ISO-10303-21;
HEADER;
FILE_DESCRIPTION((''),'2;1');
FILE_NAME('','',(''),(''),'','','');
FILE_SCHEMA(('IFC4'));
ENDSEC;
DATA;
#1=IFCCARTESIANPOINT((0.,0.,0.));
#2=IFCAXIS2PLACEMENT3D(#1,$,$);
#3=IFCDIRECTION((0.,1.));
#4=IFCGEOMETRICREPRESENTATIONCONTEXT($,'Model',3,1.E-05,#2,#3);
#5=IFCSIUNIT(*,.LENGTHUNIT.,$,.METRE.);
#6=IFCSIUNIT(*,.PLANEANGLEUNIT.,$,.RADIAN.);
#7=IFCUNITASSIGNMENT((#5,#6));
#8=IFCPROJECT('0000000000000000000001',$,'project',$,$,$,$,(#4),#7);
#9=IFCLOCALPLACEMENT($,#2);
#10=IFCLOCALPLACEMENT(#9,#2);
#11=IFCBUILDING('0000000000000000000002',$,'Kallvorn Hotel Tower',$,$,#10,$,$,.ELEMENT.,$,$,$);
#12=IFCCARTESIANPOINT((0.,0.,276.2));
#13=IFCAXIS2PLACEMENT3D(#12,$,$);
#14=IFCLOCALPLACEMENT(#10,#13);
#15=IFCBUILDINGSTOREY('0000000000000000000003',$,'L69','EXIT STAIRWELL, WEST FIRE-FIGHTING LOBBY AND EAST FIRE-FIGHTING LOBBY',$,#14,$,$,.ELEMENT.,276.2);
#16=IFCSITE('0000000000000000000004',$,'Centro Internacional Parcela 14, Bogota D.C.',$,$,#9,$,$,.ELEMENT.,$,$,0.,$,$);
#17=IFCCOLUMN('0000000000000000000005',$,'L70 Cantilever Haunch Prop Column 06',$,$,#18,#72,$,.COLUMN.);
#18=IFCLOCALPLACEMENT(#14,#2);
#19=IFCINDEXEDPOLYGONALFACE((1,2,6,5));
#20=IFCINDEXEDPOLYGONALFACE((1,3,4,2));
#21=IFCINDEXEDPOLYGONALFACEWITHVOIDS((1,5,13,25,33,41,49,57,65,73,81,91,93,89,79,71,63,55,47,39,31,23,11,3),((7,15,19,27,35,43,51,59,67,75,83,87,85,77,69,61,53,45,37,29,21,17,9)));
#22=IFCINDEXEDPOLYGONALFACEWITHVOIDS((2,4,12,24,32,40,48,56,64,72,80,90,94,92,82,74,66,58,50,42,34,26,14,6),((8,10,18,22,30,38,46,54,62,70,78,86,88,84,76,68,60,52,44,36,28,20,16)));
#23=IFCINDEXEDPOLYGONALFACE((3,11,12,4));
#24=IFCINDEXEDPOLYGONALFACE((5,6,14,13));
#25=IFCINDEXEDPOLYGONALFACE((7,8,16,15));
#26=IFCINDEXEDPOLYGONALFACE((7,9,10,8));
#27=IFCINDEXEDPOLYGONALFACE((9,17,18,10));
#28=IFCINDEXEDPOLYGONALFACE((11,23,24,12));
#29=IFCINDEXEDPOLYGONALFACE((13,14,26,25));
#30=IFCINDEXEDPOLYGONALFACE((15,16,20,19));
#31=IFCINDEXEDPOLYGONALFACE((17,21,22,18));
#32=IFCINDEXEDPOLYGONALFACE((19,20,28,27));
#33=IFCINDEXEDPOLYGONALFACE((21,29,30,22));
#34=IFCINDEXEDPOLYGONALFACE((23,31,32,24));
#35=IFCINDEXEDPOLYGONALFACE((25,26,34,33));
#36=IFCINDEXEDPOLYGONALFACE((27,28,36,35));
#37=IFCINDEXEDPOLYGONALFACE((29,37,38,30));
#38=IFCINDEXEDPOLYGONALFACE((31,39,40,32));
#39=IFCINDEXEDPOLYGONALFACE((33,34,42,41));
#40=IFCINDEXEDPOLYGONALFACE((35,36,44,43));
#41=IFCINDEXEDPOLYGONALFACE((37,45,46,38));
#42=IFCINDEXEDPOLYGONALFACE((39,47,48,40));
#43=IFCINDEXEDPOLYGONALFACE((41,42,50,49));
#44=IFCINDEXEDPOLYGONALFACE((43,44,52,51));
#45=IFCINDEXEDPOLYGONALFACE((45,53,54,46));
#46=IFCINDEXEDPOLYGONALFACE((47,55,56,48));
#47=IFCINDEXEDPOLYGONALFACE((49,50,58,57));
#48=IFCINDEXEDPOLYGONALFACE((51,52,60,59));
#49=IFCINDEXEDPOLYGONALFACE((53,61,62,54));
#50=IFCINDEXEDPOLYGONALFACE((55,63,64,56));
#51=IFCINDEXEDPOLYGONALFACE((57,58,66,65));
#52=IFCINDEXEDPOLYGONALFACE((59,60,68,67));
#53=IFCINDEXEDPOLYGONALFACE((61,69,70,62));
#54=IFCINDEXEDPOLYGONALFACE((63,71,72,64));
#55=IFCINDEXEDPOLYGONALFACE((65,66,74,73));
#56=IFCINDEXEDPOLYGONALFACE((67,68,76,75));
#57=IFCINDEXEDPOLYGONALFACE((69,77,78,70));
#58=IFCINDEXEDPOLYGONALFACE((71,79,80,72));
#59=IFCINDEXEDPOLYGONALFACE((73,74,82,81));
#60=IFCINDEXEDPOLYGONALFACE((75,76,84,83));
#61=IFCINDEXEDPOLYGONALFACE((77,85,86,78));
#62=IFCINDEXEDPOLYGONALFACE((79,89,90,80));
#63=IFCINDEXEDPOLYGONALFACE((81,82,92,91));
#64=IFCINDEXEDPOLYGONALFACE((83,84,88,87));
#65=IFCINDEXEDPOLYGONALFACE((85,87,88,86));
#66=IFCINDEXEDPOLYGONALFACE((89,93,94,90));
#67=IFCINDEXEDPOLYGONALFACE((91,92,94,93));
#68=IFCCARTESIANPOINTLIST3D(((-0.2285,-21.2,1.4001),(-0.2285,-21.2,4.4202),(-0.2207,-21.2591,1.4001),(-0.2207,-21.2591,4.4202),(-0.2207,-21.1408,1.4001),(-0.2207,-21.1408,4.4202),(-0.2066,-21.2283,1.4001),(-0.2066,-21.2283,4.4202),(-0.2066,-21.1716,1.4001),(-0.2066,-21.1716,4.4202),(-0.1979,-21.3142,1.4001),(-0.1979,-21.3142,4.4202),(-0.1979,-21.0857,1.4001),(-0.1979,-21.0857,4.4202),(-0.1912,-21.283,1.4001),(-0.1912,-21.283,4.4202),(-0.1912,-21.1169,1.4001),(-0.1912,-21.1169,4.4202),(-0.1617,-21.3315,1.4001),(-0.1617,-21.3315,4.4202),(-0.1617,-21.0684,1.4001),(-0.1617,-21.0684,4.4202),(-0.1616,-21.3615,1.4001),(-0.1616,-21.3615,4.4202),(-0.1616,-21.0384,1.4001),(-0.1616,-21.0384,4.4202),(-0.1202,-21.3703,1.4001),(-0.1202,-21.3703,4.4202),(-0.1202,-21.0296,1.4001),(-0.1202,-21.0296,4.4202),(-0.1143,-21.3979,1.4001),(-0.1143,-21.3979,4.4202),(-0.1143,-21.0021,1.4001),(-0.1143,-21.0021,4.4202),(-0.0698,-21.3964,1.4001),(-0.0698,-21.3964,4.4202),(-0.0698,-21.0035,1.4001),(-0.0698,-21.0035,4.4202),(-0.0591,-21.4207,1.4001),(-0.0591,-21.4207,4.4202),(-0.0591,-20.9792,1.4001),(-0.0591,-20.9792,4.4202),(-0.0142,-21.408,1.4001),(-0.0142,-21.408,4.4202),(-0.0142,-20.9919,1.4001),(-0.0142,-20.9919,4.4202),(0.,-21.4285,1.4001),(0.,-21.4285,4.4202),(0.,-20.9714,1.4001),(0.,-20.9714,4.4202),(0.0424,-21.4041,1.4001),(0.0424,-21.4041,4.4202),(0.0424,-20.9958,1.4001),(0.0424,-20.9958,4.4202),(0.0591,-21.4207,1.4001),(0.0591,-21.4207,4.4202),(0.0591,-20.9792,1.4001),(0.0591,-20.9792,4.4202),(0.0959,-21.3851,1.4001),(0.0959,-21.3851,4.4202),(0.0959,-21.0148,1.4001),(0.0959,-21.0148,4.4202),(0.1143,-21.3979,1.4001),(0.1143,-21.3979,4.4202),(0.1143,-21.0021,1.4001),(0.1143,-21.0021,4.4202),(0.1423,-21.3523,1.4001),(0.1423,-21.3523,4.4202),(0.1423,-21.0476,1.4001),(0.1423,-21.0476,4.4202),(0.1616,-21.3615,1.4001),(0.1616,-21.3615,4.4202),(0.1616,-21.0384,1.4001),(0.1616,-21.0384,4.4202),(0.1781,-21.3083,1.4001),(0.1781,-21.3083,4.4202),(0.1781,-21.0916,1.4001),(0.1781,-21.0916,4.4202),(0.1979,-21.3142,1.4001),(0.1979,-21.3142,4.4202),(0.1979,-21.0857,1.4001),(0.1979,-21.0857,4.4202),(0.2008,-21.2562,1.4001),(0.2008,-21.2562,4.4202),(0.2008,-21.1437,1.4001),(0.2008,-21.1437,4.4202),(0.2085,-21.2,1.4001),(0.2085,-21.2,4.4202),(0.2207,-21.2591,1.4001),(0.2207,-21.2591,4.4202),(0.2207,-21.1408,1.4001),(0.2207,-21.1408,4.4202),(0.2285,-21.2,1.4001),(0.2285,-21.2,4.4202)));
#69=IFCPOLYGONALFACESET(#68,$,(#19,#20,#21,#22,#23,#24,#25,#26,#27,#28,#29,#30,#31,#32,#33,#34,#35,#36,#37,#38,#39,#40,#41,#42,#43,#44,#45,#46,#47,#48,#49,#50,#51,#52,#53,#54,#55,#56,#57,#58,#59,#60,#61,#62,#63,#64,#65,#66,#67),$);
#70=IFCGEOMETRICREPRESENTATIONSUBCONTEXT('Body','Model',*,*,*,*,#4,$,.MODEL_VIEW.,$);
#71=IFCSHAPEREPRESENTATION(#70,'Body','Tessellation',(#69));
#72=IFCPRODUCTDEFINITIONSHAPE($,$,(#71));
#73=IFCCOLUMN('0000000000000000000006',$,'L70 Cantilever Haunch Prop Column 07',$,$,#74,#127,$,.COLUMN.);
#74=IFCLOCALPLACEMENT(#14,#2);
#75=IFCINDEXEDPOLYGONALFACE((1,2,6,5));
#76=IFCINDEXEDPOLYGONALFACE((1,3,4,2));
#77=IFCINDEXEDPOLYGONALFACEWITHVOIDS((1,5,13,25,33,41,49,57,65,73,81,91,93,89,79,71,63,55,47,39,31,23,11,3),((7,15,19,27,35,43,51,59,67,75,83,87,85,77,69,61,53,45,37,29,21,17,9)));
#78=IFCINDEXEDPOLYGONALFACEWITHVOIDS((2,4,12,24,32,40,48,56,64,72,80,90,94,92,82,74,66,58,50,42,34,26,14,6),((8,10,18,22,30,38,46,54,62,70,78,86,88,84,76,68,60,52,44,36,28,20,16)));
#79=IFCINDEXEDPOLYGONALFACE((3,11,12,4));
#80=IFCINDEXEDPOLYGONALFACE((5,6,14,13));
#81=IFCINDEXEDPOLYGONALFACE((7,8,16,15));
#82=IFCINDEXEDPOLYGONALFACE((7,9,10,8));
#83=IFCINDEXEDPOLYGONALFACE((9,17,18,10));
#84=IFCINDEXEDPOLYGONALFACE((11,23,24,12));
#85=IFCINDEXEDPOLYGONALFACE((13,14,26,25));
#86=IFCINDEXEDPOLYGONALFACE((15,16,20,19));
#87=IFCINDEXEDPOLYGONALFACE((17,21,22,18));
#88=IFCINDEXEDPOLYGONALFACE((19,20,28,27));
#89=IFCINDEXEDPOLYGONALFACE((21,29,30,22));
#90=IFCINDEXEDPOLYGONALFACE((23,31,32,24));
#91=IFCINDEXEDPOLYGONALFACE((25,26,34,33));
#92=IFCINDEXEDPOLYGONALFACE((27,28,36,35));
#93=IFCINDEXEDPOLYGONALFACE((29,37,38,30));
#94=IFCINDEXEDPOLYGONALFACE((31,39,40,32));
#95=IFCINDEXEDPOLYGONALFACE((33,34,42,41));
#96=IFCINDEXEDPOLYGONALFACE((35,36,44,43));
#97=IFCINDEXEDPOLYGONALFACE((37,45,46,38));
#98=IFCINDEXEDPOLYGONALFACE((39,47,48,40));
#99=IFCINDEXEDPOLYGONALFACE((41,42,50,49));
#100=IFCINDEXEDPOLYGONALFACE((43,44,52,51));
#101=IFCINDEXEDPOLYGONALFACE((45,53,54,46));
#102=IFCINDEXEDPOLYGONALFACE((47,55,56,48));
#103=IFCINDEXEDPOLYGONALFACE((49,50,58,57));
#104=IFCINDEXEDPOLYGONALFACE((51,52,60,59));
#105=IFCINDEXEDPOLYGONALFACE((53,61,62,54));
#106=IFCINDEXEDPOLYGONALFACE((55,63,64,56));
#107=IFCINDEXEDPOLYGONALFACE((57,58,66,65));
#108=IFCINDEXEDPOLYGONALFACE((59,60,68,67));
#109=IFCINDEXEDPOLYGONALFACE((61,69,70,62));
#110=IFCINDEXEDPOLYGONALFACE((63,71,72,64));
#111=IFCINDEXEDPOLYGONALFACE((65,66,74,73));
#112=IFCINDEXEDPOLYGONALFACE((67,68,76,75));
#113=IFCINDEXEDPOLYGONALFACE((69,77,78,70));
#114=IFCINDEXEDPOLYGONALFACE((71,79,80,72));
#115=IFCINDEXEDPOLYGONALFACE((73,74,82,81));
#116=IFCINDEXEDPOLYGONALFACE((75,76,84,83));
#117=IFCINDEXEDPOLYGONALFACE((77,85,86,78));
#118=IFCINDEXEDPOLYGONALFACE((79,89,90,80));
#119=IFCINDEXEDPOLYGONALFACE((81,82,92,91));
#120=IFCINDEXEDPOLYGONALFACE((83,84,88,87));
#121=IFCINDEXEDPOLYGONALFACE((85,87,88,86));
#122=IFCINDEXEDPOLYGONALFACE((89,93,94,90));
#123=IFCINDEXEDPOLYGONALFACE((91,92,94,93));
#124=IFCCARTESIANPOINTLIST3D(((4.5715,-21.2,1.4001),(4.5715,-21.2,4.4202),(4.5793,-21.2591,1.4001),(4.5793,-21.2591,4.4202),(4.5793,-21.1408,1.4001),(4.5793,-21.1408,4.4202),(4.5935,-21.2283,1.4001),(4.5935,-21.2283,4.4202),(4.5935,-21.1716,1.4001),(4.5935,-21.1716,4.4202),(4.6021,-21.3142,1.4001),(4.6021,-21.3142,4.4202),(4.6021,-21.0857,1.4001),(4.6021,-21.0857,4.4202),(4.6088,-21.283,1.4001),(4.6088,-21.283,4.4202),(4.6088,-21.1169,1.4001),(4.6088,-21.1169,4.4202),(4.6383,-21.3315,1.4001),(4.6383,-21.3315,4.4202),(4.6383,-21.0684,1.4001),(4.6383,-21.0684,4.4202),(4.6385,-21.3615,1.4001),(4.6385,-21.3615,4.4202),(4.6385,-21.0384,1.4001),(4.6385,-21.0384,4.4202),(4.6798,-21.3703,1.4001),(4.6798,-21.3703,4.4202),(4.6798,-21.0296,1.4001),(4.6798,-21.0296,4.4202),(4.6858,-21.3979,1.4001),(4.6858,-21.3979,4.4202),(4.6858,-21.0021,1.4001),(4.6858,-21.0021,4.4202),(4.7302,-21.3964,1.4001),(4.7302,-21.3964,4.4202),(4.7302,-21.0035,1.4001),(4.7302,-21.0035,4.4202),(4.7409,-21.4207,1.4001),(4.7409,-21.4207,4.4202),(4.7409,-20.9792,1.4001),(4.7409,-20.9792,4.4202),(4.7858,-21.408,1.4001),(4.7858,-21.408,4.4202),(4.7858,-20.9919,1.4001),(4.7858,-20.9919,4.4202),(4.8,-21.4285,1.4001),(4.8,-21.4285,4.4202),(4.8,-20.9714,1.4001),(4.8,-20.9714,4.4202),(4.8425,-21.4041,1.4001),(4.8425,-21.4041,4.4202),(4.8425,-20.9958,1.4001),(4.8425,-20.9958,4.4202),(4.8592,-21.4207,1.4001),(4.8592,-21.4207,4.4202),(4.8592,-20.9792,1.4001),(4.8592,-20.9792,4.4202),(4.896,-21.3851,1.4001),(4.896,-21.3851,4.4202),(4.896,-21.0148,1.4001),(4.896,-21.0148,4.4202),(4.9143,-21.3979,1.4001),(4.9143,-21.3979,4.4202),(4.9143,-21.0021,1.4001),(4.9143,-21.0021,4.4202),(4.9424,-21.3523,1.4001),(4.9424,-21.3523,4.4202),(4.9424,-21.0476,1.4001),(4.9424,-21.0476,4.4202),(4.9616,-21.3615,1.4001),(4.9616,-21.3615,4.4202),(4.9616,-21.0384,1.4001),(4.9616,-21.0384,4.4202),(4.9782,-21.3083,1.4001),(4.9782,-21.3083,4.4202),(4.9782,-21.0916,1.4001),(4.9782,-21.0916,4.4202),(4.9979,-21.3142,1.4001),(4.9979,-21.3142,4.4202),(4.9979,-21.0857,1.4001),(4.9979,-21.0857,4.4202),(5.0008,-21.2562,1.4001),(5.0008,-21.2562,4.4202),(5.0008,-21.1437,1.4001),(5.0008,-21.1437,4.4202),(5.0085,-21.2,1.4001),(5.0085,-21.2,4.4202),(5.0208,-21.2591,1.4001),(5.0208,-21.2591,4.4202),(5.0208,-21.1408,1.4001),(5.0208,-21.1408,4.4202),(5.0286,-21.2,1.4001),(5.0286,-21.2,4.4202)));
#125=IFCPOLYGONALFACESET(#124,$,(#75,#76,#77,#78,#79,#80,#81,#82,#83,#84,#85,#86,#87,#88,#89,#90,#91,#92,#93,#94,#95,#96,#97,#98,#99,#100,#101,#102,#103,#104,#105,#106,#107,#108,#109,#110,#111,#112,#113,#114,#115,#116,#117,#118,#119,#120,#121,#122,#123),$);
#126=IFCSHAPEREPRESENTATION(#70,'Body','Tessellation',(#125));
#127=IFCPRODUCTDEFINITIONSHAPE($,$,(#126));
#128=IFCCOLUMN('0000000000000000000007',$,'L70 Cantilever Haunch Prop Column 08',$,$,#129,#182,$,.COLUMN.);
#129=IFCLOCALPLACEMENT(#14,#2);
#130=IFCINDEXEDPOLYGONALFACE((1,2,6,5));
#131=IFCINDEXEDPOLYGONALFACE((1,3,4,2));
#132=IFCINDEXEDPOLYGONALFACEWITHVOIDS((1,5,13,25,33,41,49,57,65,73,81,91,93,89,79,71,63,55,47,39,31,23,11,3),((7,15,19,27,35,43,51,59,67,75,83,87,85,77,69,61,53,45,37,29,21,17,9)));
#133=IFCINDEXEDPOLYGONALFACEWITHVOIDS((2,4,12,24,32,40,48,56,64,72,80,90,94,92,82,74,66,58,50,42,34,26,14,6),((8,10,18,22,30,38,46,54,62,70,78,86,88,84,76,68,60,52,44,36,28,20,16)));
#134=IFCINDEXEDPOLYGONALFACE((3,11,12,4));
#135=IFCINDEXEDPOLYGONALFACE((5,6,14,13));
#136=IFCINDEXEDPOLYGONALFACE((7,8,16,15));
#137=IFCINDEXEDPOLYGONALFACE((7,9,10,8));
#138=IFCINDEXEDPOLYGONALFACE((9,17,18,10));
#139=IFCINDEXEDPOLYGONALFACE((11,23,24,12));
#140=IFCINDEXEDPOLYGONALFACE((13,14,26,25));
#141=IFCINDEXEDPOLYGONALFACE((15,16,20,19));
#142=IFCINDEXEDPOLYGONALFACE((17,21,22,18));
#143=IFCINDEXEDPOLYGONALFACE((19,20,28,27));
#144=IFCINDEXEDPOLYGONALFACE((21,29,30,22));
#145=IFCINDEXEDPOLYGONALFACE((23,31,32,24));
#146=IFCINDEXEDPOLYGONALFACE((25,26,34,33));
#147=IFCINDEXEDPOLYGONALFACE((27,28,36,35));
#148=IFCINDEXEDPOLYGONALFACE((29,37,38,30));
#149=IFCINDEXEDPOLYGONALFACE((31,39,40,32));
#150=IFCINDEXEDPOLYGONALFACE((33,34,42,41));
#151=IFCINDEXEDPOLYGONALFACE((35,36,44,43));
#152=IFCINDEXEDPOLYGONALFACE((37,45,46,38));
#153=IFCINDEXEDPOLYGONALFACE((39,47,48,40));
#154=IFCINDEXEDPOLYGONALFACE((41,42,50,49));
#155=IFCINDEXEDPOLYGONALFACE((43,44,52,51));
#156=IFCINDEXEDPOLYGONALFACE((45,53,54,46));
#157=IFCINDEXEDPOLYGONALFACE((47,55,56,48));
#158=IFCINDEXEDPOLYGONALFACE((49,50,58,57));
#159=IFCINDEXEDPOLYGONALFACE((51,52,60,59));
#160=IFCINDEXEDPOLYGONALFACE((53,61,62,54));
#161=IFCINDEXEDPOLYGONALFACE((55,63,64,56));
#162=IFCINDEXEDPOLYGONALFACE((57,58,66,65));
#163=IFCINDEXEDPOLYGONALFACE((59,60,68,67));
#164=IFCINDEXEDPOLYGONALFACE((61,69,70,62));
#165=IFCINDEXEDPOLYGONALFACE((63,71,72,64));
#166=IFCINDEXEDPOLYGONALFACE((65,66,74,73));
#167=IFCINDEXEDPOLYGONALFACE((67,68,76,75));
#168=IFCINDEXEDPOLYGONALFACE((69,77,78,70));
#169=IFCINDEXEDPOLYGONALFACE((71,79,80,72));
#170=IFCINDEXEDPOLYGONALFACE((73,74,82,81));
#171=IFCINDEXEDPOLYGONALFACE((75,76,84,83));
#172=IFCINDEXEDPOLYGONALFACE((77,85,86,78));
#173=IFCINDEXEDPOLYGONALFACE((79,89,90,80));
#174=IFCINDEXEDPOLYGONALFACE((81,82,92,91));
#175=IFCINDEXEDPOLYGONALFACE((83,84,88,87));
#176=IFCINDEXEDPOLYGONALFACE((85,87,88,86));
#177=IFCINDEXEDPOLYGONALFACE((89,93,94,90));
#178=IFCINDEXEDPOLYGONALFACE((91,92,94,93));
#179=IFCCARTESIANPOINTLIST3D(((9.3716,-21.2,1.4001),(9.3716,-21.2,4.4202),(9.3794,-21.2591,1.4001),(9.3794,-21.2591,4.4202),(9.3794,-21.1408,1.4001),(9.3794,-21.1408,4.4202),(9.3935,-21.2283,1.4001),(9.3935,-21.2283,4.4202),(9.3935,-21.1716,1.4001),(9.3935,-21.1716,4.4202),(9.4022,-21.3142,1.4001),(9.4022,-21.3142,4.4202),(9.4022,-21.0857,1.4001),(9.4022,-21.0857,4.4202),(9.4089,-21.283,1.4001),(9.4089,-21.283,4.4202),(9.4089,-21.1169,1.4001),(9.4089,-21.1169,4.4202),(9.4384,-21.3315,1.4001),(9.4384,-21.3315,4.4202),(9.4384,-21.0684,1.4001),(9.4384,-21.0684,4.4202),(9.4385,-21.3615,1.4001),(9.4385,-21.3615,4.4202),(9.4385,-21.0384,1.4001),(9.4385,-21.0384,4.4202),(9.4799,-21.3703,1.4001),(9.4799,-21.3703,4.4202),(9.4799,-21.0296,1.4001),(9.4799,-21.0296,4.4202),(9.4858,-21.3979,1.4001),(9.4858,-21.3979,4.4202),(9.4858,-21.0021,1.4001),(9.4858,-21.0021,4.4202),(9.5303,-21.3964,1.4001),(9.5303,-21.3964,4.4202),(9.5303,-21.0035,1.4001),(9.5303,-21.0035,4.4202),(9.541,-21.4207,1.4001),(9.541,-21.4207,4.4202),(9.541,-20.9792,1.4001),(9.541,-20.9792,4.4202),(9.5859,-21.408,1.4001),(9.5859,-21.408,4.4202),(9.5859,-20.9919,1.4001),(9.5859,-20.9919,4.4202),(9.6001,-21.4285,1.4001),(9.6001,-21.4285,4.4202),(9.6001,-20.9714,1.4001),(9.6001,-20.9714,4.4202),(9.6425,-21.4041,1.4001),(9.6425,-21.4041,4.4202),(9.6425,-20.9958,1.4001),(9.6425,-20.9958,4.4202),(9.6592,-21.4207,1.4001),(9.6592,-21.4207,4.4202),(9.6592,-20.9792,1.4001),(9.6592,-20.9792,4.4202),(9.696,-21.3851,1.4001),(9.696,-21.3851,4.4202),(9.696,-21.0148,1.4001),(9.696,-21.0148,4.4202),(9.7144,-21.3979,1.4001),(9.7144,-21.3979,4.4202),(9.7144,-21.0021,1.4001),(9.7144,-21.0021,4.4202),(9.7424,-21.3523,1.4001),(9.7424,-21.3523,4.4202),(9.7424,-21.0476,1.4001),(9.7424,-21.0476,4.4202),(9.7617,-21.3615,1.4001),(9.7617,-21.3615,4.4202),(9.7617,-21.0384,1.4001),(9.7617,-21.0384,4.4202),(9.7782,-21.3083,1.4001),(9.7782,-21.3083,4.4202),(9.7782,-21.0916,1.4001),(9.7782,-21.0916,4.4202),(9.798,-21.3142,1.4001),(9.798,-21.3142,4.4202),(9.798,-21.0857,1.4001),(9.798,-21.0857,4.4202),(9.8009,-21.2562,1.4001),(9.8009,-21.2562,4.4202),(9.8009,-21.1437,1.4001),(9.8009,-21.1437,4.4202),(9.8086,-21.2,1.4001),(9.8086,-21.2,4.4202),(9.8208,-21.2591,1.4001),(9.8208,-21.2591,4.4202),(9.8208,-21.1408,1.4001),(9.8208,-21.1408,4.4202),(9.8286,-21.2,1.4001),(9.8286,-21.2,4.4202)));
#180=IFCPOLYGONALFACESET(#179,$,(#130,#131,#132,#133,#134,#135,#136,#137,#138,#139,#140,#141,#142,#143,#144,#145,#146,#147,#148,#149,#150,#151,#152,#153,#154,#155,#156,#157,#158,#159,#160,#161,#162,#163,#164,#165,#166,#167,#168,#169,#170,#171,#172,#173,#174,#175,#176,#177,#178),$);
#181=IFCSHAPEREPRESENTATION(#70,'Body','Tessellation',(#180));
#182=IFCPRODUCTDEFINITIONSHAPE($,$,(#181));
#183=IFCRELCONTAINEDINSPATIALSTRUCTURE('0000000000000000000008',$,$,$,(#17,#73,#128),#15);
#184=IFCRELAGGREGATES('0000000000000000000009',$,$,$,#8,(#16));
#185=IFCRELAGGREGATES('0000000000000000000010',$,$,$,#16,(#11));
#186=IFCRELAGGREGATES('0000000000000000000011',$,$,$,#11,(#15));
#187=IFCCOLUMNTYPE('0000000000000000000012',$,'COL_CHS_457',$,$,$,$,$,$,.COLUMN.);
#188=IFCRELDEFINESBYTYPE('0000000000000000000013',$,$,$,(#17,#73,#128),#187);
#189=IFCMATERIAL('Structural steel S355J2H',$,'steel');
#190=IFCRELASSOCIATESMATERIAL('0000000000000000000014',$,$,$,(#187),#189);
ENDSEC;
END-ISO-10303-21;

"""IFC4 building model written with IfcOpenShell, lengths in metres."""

from ifc_helpers import new_model, si_unit, direction, frame, origin, origin_2d, place, context, subcontext, project, spatial, hollow_circle, extrude, material, material_profile, profile_set, type_object, element, save


model = new_model("IFC4")

# Units and contexts
model_context = context("Model", 3, precision=1e-05, world=origin(), true_north=direction((0.0, 1.0)))
body_context = subcontext(model_context, "Body", "Model", "MODEL_VIEW")
ifc_project = project(units=[si_unit("LENGTHUNIT", "METRE"), si_unit("PLANEANGLEUNIT", "RADIAN")], contexts=[model_context])

# Site, building, storey
site_placement = place(None, origin())
site = spatial("IfcSite", under=ifc_project, at=site_placement, Name="Centro Internacional Parcela 14, Bogota D.C.", CompositionType="ELEMENT", RefElevation=0.0)
building_placement = place(site_placement, origin())
building = spatial("IfcBuilding", under=site, at=building_placement, Name="Kallvorn Hotel Tower", CompositionType="ELEMENT")
storey_placement = place(building_placement, frame((0.0, 0.0, 276.2)))
storey = spatial("IfcBuildingStorey", under=building, at=storey_placement, Name="L69", Description="EXIT STAIRWELL, WEST FIRE-FIGHTING LOBBY AND EAST FIRE-FIGHTING LOBBY", CompositionType="ELEMENT", Elevation=276.2)

# Columns
ifc_material_1 = material(Name="Structural steel S355J2H", Category="steel")
ifc_material_profile_1 = material_profile(ifc_material_1, hollow_circle(Radius=0.2285, WallThickness=0.02, at=origin_2d()), Name="CHS 457x20")
ifc_profile_set_1 = profile_set([ifc_material_profile_1], Name="Structural steel S355J2H")
column_type_1 = type_object("IfcColumnType", Name="COL_CHS_457", PredefinedType="COLUMN", material=ifc_profile_set_1)
for number, where, z_axis, x_axis, name in (
    (1, (0.0, -21.2, 1.4001), (0.0, 0.0, 1.0), (1.0, 0.0, 0.0), "L70 Cantilever Haunch Prop Column 06"),
    (2, (4.8, -21.2, 1.4001), (0.0, 0.0, 1.0), (1.0, 0.0, 0.0), "L70 Cantilever Haunch Prop Column 07"),
    (3, (9.6001, -21.2, 1.4001), (0.0, 0.0, 1.0), (1.0, 0.0, 0.0), "L70 Cantilever Haunch Prop Column 08"),
):
    element("IfcColumn", number, at=place(storey_placement, frame(where, z_axis=z_axis, x_axis=x_axis)), inside=storey, type_object=column_type_1, Name=name, PredefinedType="COLUMN", context=body_context, shape_type="SweptSolid", body=[
        extrude(hollow_circle(Radius=0.2285, WallThickness=0.02, at=origin_2d()), origin(), (0.0, 0.0, 1.0), 3.02),
    ])

save(model, "model.ifc")
